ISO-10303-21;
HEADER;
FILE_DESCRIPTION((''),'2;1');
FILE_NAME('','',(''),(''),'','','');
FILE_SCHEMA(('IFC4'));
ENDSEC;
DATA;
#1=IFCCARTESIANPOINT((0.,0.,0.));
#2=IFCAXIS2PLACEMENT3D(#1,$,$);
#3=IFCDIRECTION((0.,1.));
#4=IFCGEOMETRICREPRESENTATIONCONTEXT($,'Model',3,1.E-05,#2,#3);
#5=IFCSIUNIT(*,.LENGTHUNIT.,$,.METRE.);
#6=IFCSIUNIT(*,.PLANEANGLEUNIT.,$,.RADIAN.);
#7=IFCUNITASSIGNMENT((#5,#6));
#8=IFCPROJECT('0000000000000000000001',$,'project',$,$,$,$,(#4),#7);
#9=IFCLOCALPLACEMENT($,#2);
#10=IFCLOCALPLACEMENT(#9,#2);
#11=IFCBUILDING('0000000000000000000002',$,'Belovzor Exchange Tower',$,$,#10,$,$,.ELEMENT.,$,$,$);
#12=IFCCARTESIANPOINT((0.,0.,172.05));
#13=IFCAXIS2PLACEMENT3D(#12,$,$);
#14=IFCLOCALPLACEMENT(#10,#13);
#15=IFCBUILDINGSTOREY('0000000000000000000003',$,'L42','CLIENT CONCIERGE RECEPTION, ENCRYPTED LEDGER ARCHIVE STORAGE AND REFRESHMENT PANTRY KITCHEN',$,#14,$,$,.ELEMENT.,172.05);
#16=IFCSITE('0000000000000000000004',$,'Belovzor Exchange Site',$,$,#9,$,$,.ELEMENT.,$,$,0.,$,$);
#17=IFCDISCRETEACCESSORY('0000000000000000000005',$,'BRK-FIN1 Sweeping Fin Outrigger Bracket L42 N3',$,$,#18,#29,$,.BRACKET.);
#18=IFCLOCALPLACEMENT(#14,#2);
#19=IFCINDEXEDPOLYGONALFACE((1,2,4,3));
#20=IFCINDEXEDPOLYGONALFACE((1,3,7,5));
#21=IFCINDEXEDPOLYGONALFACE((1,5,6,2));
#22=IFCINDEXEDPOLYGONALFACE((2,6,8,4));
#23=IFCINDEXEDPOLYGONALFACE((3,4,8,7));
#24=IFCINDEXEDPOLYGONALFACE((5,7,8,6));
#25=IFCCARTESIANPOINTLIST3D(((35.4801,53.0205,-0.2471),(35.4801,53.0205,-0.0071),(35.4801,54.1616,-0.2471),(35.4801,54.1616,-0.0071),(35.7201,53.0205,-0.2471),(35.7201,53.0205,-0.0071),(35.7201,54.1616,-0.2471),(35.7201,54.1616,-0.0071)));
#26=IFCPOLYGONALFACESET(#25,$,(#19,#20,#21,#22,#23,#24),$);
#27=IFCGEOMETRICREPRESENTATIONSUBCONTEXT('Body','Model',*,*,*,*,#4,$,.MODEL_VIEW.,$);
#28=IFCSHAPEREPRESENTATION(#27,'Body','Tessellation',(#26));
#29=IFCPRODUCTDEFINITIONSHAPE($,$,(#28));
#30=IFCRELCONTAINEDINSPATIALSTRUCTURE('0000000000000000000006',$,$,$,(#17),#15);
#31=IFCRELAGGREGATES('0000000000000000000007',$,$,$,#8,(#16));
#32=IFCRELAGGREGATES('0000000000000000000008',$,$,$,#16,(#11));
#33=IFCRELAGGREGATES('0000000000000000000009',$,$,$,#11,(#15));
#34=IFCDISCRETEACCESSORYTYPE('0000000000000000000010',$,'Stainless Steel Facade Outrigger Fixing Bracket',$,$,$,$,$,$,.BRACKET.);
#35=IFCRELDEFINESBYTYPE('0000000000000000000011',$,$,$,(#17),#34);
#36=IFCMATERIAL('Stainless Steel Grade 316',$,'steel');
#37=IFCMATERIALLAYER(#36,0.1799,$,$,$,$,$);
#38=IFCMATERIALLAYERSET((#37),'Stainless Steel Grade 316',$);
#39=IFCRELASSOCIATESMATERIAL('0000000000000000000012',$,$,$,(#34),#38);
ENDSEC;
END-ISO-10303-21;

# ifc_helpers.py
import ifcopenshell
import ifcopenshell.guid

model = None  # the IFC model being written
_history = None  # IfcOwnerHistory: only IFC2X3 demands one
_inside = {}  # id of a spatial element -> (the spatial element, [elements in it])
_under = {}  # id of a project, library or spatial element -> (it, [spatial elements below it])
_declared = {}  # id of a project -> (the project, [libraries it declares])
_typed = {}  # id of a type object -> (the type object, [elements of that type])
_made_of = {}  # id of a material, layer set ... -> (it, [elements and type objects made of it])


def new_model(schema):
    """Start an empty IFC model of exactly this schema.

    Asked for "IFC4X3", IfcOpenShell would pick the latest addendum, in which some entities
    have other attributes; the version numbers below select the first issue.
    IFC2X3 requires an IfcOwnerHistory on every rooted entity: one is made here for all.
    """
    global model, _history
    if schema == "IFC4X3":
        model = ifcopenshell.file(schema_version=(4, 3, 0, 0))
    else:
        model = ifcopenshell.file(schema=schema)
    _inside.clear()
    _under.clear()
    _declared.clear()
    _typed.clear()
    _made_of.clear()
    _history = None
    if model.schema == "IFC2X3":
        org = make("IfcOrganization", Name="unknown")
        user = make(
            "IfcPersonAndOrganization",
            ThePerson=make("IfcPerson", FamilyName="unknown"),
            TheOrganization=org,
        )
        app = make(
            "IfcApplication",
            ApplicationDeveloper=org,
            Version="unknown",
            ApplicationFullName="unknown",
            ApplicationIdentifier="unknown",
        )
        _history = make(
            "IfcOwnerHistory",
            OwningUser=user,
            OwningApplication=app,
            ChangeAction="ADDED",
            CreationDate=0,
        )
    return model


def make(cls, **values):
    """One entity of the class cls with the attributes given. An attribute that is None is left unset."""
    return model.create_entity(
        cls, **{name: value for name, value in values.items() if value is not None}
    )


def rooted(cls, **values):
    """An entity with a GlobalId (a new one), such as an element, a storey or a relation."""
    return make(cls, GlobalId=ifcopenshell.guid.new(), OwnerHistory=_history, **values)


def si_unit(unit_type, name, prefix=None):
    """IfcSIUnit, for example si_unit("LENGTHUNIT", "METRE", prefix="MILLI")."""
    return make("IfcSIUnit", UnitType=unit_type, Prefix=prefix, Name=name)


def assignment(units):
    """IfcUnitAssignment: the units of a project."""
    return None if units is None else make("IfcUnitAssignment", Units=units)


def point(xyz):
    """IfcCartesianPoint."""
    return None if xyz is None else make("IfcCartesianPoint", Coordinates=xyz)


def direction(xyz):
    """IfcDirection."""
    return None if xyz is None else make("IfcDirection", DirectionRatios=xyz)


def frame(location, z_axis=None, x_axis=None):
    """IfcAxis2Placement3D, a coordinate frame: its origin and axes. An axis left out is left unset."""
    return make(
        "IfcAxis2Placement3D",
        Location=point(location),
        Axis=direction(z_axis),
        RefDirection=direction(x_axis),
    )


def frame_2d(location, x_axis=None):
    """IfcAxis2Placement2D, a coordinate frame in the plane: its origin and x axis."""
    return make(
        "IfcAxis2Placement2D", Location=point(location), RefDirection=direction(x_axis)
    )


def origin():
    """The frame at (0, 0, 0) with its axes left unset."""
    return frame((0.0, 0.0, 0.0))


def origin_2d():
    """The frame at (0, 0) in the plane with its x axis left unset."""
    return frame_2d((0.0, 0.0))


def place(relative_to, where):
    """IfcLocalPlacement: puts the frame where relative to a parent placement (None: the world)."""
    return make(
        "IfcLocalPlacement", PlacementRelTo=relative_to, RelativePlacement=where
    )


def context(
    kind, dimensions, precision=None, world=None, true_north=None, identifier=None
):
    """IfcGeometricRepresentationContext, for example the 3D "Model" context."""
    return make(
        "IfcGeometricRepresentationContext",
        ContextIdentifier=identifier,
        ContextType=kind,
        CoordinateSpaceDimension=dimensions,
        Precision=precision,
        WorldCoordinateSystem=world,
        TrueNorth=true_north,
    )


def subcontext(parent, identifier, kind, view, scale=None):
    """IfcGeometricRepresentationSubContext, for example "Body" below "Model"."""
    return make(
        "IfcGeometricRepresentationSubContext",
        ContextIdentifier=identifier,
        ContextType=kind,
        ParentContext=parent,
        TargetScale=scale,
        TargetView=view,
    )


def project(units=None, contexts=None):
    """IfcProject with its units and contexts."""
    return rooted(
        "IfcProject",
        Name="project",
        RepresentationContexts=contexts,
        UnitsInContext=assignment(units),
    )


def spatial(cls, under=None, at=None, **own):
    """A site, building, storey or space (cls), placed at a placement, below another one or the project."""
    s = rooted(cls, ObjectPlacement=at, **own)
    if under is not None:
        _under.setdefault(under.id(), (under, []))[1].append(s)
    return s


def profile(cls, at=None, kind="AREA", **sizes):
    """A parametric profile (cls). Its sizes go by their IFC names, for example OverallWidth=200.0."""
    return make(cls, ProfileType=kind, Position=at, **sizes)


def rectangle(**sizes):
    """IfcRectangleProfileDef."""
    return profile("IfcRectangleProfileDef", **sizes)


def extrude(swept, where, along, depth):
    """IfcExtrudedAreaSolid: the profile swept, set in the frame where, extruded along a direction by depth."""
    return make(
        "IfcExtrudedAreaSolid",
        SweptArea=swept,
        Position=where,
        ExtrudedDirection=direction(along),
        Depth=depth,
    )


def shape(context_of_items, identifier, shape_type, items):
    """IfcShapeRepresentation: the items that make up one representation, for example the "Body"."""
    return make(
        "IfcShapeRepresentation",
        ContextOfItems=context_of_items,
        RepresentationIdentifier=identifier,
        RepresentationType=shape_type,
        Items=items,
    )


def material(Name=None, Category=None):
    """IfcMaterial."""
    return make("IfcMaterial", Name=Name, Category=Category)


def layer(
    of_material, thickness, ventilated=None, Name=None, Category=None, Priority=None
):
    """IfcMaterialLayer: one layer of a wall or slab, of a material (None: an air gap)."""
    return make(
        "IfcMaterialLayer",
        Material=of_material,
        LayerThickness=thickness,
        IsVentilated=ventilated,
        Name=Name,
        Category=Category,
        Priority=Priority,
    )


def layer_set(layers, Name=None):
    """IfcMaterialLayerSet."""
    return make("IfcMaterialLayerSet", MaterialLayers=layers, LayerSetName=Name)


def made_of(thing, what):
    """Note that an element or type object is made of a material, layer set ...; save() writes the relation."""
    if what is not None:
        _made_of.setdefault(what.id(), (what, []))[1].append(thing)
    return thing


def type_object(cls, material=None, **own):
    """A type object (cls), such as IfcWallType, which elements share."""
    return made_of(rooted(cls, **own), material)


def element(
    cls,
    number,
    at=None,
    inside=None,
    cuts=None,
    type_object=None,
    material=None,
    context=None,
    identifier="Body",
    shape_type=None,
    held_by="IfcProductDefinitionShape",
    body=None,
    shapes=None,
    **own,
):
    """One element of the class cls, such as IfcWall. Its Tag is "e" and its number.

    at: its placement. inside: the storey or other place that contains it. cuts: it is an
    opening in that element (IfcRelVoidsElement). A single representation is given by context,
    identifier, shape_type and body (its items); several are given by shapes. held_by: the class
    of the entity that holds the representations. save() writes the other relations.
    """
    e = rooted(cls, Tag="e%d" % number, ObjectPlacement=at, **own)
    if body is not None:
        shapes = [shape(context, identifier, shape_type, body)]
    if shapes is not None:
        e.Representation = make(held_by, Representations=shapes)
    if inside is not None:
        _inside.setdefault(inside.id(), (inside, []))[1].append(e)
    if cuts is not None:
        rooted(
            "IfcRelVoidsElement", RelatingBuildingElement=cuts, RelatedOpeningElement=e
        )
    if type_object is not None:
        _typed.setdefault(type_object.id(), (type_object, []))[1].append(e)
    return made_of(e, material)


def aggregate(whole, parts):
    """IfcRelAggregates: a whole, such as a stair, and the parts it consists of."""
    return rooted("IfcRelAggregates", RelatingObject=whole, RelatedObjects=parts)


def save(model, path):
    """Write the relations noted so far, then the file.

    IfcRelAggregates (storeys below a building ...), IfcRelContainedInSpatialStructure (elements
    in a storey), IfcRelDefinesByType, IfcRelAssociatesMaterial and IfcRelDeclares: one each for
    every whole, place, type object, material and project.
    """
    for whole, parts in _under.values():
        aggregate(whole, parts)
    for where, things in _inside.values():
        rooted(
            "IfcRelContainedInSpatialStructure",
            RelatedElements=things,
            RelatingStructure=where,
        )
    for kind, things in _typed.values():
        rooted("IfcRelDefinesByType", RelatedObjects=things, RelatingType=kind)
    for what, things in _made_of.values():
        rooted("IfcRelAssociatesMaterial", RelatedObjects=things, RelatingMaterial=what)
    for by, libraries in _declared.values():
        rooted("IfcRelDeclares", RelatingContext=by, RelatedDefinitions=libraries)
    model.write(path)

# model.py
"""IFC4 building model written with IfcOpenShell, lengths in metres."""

from ifc_helpers import new_model, si_unit, direction, frame, origin, origin_2d, place, context, subcontext, project, spatial, rectangle, extrude, material, layer, layer_set, type_object, element, save


model = new_model("IFC4")

# Units and contexts
model_context = context("Model", 3, precision=1e-05, world=origin(), true_north=direction((0.0, 1.0)))
body_context = subcontext(model_context, "Body", "Model", "MODEL_VIEW")
ifc_project = project(units=[si_unit("LENGTHUNIT", "METRE"), si_unit("PLANEANGLEUNIT", "RADIAN")], contexts=[model_context])

# Site, building, storey
site_placement = place(None, origin())
site = spatial("IfcSite", under=ifc_project, at=site_placement, Name="Belovzor Exchange Site", CompositionType="ELEMENT", RefElevation=0.0)
building_placement = place(site_placement, origin())
building = spatial("IfcBuilding", under=site, at=building_placement, Name="Belovzor Exchange Tower", CompositionType="ELEMENT")
storey_placement = place(building_placement, frame((0.0, 0.0, 172.05)))
storey = spatial("IfcBuildingStorey", under=building, at=storey_placement, Name="L42", Description="CLIENT CONCIERGE RECEPTION, ENCRYPTED LEDGER ARCHIVE STORAGE AND REFRESHMENT PANTRY KITCHEN", CompositionType="ELEMENT", Elevation=172.05)

# Discrete accessory
ifc_material_1 = material(Name="Stainless Steel Grade 316", Category="steel")
ifc_layer_1 = layer(ifc_material_1, 0.1799)
ifc_layer_set_1 = layer_set([ifc_layer_1], Name="Stainless Steel Grade 316")
discrete_accessory_type = type_object("IfcDiscreteAccessoryType", Name="Stainless Steel Facade Outrigger Fixing Bracket", PredefinedType="BRACKET", material=ifc_layer_set_1)
discrete_accessory_placement = place(storey_placement, frame((35.6001, 53.5911, -0.2471), z_axis=(0.0, 0.0, 1.0), x_axis=(0.0, 1.0, 0.0)))
element("IfcDiscreteAccessory", 1, at=discrete_accessory_placement, inside=storey, type_object=discrete_accessory_type, Name="BRK-FIN1 Sweeping Fin Outrigger Bracket L42 N3", PredefinedType="BRACKET", context=body_context, shape_type="SweptSolid", body=[
    extrude(rectangle(XDim=1.1411, YDim=0.24, at=origin_2d()), origin(), (0.0, 0.0, 1.0), 0.24),
])

save(model, "model.ifc")
